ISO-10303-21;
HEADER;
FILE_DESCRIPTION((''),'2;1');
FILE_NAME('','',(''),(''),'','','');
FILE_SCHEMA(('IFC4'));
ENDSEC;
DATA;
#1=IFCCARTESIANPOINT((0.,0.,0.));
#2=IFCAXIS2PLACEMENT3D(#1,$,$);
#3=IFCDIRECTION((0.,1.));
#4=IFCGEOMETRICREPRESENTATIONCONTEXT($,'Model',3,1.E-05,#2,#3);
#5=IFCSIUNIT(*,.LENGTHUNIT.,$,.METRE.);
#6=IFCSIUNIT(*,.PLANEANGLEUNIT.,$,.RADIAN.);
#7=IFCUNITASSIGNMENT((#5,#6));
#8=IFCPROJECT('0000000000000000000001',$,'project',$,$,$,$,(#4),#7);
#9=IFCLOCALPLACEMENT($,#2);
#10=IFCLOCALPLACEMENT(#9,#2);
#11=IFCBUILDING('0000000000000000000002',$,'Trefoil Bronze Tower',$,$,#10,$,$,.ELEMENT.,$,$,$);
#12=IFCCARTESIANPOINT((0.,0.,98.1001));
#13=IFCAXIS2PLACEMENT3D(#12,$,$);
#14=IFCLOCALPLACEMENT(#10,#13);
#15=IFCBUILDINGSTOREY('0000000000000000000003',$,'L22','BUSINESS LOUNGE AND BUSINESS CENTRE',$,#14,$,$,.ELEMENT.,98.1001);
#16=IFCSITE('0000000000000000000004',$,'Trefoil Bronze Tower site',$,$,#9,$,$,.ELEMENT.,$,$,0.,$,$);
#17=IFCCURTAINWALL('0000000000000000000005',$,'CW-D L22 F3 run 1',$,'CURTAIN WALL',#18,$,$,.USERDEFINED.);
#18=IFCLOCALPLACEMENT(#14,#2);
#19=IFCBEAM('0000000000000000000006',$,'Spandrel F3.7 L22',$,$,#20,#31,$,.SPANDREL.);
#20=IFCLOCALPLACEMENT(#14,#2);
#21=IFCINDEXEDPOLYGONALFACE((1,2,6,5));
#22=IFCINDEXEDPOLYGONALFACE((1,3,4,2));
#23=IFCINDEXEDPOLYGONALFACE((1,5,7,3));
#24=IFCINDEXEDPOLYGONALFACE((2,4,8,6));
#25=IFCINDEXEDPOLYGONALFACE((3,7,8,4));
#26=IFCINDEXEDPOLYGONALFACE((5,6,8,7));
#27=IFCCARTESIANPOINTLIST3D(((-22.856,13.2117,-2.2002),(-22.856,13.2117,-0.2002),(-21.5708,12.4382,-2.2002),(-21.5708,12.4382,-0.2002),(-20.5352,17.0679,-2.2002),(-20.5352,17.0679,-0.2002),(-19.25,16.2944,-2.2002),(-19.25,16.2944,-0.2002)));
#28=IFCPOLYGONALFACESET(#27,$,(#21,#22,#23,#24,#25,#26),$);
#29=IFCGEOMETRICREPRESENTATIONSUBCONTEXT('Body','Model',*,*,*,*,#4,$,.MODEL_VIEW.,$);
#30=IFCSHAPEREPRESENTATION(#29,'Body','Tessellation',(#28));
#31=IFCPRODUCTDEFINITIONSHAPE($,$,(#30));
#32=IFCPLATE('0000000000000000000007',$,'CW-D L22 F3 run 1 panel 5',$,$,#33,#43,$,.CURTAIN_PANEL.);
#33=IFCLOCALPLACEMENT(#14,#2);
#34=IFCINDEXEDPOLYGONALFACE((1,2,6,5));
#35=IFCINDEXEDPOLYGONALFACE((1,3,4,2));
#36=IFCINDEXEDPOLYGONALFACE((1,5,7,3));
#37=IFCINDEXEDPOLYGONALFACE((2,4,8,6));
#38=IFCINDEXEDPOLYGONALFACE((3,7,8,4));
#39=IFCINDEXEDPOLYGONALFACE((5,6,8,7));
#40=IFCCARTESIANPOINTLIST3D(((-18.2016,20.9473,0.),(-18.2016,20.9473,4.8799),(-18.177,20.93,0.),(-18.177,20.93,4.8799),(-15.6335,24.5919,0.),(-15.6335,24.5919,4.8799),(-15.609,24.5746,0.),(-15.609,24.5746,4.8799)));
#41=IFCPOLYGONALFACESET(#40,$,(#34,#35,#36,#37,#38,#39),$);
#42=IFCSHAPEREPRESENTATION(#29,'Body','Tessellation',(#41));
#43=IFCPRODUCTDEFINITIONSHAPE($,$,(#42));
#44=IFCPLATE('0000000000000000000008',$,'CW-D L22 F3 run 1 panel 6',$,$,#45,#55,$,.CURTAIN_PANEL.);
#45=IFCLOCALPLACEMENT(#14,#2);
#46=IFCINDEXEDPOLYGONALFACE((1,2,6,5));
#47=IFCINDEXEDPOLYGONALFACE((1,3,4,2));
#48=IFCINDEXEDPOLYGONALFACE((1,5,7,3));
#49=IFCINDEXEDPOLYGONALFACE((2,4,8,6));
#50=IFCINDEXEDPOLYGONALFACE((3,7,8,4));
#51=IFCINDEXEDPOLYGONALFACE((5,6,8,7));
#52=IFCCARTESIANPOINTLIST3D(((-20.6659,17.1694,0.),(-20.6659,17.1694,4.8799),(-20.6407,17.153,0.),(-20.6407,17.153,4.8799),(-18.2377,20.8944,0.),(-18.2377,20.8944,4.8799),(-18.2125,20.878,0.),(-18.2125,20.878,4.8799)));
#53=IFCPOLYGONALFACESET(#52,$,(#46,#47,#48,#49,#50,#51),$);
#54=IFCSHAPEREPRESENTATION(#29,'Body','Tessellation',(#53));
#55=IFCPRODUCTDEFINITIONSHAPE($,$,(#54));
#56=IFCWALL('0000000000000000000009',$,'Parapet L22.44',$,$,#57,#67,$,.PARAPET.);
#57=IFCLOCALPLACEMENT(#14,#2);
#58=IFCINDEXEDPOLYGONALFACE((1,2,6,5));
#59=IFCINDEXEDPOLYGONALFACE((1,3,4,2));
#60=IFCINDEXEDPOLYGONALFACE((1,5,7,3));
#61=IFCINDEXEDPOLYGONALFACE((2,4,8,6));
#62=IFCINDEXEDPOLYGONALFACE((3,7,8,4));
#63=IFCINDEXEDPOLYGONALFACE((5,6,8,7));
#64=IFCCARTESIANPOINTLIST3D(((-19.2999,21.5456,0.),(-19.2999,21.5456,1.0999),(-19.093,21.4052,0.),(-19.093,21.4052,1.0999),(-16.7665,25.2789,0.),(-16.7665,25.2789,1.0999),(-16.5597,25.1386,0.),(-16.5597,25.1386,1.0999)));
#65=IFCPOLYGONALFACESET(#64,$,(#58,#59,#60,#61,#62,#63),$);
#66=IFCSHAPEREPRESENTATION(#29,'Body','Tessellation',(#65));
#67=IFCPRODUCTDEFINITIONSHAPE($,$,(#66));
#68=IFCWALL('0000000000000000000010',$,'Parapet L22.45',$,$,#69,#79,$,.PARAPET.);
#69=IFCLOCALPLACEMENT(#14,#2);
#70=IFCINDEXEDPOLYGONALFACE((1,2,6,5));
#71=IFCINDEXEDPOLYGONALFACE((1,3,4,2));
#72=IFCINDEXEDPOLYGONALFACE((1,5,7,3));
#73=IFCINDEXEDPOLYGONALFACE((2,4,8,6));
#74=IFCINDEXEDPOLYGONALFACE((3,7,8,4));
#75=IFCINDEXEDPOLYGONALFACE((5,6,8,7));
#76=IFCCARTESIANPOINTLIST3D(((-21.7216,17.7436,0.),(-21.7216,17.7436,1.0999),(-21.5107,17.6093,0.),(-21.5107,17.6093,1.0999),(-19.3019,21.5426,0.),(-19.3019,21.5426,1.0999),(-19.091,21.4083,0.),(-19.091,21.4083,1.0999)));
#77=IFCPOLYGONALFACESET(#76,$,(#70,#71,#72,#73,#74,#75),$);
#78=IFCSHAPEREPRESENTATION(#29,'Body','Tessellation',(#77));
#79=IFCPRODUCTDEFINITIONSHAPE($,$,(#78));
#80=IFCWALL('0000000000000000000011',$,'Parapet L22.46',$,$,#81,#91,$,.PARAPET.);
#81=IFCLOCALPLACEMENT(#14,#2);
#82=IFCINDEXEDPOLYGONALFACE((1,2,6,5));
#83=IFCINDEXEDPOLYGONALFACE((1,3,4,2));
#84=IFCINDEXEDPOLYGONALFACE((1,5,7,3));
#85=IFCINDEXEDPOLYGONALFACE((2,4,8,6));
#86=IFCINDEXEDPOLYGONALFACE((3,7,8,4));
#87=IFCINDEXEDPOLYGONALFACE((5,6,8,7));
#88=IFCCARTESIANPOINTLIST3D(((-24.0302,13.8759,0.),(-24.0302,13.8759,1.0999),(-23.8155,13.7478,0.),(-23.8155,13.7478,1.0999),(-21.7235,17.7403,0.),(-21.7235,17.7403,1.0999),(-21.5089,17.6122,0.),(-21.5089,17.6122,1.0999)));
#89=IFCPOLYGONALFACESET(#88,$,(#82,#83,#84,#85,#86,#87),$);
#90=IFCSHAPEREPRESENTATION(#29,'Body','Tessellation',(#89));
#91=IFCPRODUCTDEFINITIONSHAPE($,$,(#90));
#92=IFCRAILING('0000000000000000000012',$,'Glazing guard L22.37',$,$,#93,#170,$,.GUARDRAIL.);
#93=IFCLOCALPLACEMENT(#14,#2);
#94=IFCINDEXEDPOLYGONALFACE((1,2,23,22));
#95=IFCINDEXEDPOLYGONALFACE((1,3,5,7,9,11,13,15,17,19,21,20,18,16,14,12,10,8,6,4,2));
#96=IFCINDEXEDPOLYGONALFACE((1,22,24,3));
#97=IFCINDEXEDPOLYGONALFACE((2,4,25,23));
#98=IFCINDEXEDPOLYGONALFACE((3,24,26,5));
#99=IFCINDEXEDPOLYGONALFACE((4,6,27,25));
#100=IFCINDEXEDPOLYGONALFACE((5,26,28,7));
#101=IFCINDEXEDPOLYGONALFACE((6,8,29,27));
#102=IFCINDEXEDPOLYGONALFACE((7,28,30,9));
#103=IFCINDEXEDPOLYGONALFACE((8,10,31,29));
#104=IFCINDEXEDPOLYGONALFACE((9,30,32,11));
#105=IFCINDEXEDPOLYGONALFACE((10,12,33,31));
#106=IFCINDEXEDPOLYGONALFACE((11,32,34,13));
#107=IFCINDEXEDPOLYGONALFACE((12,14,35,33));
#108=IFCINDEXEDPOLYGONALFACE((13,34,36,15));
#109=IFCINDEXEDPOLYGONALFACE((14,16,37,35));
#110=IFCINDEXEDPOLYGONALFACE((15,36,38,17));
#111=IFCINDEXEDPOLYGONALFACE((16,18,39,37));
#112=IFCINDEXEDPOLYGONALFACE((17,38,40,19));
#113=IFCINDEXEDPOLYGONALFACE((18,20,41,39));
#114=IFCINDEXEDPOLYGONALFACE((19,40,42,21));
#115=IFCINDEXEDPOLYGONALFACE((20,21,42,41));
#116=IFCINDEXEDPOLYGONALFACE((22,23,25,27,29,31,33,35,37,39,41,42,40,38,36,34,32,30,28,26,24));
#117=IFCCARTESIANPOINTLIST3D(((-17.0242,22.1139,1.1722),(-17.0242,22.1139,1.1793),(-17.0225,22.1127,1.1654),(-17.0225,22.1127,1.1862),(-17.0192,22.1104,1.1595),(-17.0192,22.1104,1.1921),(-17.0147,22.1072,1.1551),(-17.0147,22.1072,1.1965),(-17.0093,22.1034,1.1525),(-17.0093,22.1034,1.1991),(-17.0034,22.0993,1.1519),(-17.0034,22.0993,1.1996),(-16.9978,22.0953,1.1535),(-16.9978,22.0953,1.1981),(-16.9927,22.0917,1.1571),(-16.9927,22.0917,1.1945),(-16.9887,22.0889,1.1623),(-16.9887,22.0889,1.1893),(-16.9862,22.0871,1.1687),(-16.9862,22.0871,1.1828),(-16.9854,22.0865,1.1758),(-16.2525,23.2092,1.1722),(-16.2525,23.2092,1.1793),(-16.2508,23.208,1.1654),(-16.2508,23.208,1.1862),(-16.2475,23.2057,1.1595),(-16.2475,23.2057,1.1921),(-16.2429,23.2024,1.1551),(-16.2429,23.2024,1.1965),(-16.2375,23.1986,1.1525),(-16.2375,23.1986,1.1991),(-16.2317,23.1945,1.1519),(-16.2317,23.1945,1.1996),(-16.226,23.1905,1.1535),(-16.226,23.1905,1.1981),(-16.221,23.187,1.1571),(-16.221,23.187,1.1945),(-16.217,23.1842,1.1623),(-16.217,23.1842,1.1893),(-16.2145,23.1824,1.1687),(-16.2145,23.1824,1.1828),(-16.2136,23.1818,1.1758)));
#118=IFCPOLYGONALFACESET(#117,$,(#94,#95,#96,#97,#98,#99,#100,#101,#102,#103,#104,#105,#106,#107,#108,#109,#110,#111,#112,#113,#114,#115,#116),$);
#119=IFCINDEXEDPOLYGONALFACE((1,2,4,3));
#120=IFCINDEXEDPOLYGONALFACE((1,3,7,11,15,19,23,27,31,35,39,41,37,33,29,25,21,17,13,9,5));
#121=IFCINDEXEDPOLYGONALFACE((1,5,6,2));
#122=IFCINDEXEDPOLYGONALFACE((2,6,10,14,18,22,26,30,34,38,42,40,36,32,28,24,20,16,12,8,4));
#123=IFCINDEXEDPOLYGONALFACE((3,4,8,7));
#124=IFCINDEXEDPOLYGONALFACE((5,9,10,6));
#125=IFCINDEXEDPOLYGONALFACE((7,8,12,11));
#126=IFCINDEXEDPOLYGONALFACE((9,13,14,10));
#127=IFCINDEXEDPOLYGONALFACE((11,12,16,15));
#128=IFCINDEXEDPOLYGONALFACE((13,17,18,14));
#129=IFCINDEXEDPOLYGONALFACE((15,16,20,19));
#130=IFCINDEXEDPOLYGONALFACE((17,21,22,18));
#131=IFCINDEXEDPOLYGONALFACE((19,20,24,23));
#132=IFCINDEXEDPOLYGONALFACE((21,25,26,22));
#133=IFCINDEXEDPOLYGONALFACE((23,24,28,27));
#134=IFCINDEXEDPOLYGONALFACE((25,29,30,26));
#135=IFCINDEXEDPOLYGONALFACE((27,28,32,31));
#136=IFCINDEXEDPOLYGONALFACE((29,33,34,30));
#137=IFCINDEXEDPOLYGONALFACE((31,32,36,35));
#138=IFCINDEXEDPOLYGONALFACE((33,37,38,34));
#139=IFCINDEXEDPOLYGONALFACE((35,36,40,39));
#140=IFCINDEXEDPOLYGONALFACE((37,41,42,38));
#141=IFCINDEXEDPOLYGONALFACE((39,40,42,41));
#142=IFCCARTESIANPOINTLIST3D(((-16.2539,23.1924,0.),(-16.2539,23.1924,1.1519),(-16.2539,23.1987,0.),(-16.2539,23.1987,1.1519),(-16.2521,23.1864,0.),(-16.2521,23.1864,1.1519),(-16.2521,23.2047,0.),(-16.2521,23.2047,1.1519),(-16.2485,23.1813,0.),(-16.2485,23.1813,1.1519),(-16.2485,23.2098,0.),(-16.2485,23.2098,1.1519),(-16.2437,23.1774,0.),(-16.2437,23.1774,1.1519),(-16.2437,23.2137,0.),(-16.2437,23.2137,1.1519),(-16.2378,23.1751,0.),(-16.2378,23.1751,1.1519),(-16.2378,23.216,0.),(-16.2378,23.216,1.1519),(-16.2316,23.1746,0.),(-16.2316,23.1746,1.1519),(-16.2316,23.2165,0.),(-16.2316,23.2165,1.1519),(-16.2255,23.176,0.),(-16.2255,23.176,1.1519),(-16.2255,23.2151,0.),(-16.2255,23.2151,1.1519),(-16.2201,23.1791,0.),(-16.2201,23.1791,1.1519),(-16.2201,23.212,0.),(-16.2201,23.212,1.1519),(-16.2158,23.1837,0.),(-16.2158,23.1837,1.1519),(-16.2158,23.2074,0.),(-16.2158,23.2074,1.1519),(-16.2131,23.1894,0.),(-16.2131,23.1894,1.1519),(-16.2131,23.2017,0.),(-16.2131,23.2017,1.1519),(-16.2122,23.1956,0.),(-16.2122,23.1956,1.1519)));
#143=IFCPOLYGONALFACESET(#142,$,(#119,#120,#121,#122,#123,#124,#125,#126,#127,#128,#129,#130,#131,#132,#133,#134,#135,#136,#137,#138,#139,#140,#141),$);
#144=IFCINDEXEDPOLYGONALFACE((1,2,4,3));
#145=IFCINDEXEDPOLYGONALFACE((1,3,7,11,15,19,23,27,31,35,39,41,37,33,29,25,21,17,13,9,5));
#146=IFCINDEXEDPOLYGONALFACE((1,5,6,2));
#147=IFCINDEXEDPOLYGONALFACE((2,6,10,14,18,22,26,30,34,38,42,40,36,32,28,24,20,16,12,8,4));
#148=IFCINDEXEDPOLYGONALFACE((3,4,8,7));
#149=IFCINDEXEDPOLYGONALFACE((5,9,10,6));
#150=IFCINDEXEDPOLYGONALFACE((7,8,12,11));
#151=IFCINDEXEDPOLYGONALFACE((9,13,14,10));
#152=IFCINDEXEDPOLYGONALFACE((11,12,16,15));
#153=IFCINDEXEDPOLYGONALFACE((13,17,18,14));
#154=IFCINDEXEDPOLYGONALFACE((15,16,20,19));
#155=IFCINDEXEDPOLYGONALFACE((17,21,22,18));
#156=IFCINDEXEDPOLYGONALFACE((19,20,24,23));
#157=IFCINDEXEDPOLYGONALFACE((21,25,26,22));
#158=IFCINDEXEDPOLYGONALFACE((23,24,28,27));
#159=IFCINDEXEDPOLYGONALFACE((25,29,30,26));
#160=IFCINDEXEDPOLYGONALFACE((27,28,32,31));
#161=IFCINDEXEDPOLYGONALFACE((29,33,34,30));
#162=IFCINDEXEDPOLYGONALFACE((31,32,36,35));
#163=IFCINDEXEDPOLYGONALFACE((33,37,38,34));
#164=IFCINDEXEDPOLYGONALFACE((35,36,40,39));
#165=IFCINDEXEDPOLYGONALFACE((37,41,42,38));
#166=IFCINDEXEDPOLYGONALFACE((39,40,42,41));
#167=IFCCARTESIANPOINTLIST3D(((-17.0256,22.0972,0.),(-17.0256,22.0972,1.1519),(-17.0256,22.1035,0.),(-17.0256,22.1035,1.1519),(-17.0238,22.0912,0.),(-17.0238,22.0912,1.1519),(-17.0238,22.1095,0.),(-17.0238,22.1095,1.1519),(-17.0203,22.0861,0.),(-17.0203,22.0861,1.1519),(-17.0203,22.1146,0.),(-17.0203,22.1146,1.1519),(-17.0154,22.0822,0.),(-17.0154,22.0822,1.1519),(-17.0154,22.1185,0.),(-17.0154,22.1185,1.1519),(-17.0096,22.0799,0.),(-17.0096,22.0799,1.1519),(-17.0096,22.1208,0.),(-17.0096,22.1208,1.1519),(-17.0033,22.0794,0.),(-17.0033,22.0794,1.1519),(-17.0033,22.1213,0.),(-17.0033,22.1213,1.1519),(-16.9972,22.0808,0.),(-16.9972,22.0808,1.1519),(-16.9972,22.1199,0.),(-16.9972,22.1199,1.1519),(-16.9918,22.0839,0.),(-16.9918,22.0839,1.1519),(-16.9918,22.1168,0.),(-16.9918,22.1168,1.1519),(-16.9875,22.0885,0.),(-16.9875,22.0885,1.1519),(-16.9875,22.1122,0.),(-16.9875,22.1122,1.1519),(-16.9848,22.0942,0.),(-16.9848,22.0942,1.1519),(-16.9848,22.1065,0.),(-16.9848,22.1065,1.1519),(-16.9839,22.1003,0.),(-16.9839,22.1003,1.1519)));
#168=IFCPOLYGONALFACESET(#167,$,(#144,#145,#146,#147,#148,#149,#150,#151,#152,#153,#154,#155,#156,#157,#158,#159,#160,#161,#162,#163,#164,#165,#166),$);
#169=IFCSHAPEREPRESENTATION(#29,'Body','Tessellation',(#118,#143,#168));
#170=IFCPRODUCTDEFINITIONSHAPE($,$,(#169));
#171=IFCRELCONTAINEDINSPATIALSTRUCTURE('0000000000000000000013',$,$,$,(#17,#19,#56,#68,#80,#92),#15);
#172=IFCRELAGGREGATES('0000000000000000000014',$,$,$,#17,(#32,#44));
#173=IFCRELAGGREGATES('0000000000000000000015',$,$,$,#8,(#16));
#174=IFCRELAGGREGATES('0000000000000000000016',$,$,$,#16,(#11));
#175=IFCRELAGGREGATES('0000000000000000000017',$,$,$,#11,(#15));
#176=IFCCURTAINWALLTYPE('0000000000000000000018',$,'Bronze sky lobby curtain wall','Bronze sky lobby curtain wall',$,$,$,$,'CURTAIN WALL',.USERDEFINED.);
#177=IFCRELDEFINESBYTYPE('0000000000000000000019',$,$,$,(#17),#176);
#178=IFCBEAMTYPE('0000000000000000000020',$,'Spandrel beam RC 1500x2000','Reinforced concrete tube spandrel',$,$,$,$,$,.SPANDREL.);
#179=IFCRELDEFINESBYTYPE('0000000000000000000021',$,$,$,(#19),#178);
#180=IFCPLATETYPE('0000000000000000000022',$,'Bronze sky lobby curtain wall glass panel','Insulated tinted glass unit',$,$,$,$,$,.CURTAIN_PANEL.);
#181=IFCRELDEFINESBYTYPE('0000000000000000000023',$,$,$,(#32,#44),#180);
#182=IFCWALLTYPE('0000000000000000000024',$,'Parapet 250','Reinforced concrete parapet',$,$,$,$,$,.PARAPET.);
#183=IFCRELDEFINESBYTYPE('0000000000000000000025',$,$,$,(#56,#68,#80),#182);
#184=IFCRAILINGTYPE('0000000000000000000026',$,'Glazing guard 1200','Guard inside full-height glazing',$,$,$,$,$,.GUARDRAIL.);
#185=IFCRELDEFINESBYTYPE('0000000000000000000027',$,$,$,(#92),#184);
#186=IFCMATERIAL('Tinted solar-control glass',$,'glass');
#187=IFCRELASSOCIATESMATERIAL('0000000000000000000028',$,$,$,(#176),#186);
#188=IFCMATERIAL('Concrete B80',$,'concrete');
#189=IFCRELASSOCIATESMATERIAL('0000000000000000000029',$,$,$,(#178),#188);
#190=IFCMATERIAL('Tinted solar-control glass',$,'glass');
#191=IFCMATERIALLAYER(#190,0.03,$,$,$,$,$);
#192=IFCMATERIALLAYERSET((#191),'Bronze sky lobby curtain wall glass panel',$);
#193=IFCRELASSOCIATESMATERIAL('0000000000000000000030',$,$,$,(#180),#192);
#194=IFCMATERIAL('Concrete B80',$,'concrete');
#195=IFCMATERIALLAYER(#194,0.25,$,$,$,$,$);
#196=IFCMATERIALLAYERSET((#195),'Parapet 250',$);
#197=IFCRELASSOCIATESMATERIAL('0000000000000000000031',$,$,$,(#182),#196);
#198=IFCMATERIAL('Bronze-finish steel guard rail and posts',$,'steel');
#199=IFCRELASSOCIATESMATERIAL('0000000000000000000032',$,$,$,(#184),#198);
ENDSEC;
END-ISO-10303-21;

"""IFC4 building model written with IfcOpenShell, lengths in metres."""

from ifc_helpers import new_model, si_unit, direction, frame, frame_2d, origin, origin_2d, place, context, subcontext, project, spatial, rectangle, circle, extrude, material, layer, layer_set, material_profile, profile_set, type_object, element, aggregate, save


model = new_model("IFC4")

# Units and contexts
model_context = context("Model", 3, precision=1e-05, world=origin(), true_north=direction((0.0, 1.0)))
body_context = subcontext(model_context, "Body", "Model", "MODEL_VIEW")
ifc_project = project(units=[si_unit("LENGTHUNIT", "METRE"), si_unit("PLANEANGLEUNIT", "RADIAN")], contexts=[model_context])

# Site, building, storey
site_placement = place(None, origin())
site = spatial("IfcSite", under=ifc_project, at=site_placement, Name="Trefoil Bronze Tower site", CompositionType="ELEMENT", RefElevation=0.0)
building_placement = place(site_placement, origin())
building = spatial("IfcBuilding", under=site, at=building_placement, Name="Trefoil Bronze Tower", CompositionType="ELEMENT")
storey_placement = place(building_placement, frame((0.0, 0.0, 98.1001)))
storey = spatial("IfcBuildingStorey", under=building, at=storey_placement, Name="L22", Description="BUSINESS LOUNGE AND BUSINESS CENTRE", CompositionType="ELEMENT", Elevation=98.1001)

# Curtain wall
ifc_material_1 = material(Name="Tinted solar-control glass", Category="glass")
curtain_wall_type = type_object("IfcCurtainWallType", Name="Bronze sky lobby curtain wall", Description="Bronze sky lobby curtain wall", ElementType="CURTAIN WALL", PredefinedType="USERDEFINED", material=ifc_material_1)
curtain_wall_placement = place(storey_placement, origin())
curtain_wall = element("IfcCurtainWall", 1, at=curtain_wall_placement, inside=storey, type_object=curtain_wall_type, Name="CW-D L22 F3 run 1", ObjectType="CURTAIN WALL", PredefinedType="USERDEFINED")

# Beam
ifc_material_2 = material(Name="Concrete B80", Category="concrete")
ifc_material_profile_1 = material_profile(ifc_material_2, rectangle(XDim=1.5, YDim=2.0, at=origin_2d()), Name="RC 1500x2000")
ifc_profile_set_1 = profile_set([ifc_material_profile_1], Name="Concrete B80")
beam_type_1 = type_object("IfcBeamType", Name="Spandrel beam RC 1500x2000", Description="Reinforced concrete tube spandrel", PredefinedType="SPANDREL", material=ifc_profile_set_1)
beam_1_placement = place(storey_placement, frame((-19.8926, 16.6812, -1.2002), z_axis=(-0.515652, -0.856798, 0.0), x_axis=(0.856798, -0.515652, 0.0)))
element("IfcBeam", 2, at=beam_1_placement, inside=storey, type_object=beam_type_1, Name="Spandrel F3.7 L22", PredefinedType="SPANDREL", context=body_context, shape_type="SweptSolid", body=[
    extrude(rectangle(XDim=1.5, YDim=2.0, at=origin_2d()), origin(), (0.0, 0.0, 1.0), 4.5007),
])

# Plates
ifc_material_3 = material(Name="Tinted solar-control glass", Category="glass")
ifc_layer_1 = layer(ifc_material_3, 0.03)
ifc_layer_set_1 = layer_set([ifc_layer_1], Name="Bronze sky lobby curtain wall glass panel")
plate_type = type_object("IfcPlateType", Name="Bronze sky lobby curtain wall glass panel", Description="Insulated tinted glass unit", PredefinedType="CURTAIN_PANEL", material=ifc_layer_set_1)
plate_1_placement = place(storey_placement, frame((-16.9053, 22.761, 0.0), z_axis=(0.0, 0.0, 1.0), x_axis=(-0.575999, -0.81745, 0.0)))
plate_1 = element("IfcPlate", 3, at=plate_1_placement, type_object=plate_type, Name="CW-D L22 F3 run 1 panel 5", PredefinedType="CURTAIN_PANEL", context=body_context, shape_type="SweptSolid", body=[
    extrude(rectangle(XDim=4.4585, YDim=0.03, at=origin_2d()), origin(), (0.0, 0.0, 1.0), 4.8799),
])
plate_2_placement = place(storey_placement, frame((-19.4392, 19.0237, 0.0), z_axis=(0.0, 0.0, 1.0), x_axis=(-0.546089, -0.837727, 0.0)))
plate_2 = element("IfcPlate", 4, at=plate_2_placement, type_object=plate_type, Name="CW-D L22 F3 run 1 panel 6", PredefinedType="CURTAIN_PANEL", context=body_context, shape_type="SweptSolid", body=[
    extrude(rectangle(XDim=4.4465, YDim=0.03, at=origin_2d()), origin(), (0.0, 0.0, 1.0), 4.8799),
])
aggregate(curtain_wall, [plate_1, plate_2])

# Walls
ifc_material_4 = material(Name="Concrete B80", Category="concrete")
ifc_layer_2 = layer(ifc_material_4, 0.25)
ifc_layer_set_2 = layer_set([ifc_layer_2], Name="Parapet 250")
wall_type = type_object("IfcWallType", Name="Parapet 250", Description="Reinforced concrete parapet", PredefinedType="PARAPET", material=ifc_layer_set_2)
wall_1_placement = place(storey_placement, frame((-16.6631, 25.2087, 0.0), z_axis=(0.0, 0.0, 1.0), x_axis=(-0.561512, -0.827469, 0.0)))
element("IfcWall", 5, at=wall_1_placement, inside=storey, type_object=wall_type, Name="Parapet L22.44", PredefinedType="PARAPET", context=body_context, shape_type="SweptSolid", body=[
    extrude(rectangle(XDim=4.5117, YDim=0.25, at=frame_2d((2.2559, 0.0))), origin(), (0.0, 0.0, 1.0), 1.0999),
])
wall_2_placement = place(storey_placement, frame((-19.1965, 21.4753, 0.0), z_axis=(0.0, 0.0, 1.0), x_axis=(-0.537205, -0.843452, 0.0)))
element("IfcWall", 6, at=wall_2_placement, inside=storey, type_object=wall_type, Name="Parapet L22.45", PredefinedType="PARAPET", context=body_context, shape_type="SweptSolid", body=[
    extrude(rectangle(XDim=4.5042, YDim=0.25, at=frame_2d((2.252, 0.0))), origin(), (0.0, 0.0, 1.0), 1.0999),
])
wall_3_placement = place(storey_placement, frame((-21.6162, 17.6763, 0.0), z_axis=(0.0, 0.0, 1.0), x_axis=(-0.512524, -0.858673, 0.0)))
element("IfcWall", 7, at=wall_3_placement, inside=storey, type_object=wall_type, Name="Parapet L22.46", PredefinedType="PARAPET", context=body_context, shape_type="SweptSolid", body=[
    extrude(rectangle(XDim=4.5005, YDim=0.25, at=frame_2d((2.2502, 0.0))), origin(), (0.0, 0.0, 1.0), 1.0999),
])

# Railing
ifc_material_5 = material(Name="Bronze-finish steel guard rail and posts", Category="steel")
railing_type = type_object("IfcRailingType", Name="Glazing guard 1200", Description="Guard inside full-height glazing", PredefinedType="GUARDRAIL", material=ifc_material_5)
railing_1_placement = place(storey_placement, frame((-16.2332, 23.1956, 0.0)))
element("IfcRailing", 8, at=railing_1_placement, inside=storey, type_object=railing_type, Name="Glazing guard L22.37", PredefinedType="GUARDRAIL", context=body_context, shape_type="SweptSolid", body=[
    extrude(circle(Radius=0.0239, at=origin_2d()), frame((0.0, 0.0, 1.1758), z_axis=(-0.576003, -0.817447, 0.0), x_axis=(0.817447, -0.576003, 0.0)), (0.0, 0.0, 1.0), 1.3398),
    extrude(circle(Radius=0.021, at=origin_2d()), origin(), (0.0, 0.0, 1.0), 1.1519),
    extrude(circle(Radius=0.021, at=origin_2d()), frame((-0.7717, -1.0952, 0.0)), (0.0, 0.0, 1.0), 1.1519),
])

save(model, "model.ifc")
